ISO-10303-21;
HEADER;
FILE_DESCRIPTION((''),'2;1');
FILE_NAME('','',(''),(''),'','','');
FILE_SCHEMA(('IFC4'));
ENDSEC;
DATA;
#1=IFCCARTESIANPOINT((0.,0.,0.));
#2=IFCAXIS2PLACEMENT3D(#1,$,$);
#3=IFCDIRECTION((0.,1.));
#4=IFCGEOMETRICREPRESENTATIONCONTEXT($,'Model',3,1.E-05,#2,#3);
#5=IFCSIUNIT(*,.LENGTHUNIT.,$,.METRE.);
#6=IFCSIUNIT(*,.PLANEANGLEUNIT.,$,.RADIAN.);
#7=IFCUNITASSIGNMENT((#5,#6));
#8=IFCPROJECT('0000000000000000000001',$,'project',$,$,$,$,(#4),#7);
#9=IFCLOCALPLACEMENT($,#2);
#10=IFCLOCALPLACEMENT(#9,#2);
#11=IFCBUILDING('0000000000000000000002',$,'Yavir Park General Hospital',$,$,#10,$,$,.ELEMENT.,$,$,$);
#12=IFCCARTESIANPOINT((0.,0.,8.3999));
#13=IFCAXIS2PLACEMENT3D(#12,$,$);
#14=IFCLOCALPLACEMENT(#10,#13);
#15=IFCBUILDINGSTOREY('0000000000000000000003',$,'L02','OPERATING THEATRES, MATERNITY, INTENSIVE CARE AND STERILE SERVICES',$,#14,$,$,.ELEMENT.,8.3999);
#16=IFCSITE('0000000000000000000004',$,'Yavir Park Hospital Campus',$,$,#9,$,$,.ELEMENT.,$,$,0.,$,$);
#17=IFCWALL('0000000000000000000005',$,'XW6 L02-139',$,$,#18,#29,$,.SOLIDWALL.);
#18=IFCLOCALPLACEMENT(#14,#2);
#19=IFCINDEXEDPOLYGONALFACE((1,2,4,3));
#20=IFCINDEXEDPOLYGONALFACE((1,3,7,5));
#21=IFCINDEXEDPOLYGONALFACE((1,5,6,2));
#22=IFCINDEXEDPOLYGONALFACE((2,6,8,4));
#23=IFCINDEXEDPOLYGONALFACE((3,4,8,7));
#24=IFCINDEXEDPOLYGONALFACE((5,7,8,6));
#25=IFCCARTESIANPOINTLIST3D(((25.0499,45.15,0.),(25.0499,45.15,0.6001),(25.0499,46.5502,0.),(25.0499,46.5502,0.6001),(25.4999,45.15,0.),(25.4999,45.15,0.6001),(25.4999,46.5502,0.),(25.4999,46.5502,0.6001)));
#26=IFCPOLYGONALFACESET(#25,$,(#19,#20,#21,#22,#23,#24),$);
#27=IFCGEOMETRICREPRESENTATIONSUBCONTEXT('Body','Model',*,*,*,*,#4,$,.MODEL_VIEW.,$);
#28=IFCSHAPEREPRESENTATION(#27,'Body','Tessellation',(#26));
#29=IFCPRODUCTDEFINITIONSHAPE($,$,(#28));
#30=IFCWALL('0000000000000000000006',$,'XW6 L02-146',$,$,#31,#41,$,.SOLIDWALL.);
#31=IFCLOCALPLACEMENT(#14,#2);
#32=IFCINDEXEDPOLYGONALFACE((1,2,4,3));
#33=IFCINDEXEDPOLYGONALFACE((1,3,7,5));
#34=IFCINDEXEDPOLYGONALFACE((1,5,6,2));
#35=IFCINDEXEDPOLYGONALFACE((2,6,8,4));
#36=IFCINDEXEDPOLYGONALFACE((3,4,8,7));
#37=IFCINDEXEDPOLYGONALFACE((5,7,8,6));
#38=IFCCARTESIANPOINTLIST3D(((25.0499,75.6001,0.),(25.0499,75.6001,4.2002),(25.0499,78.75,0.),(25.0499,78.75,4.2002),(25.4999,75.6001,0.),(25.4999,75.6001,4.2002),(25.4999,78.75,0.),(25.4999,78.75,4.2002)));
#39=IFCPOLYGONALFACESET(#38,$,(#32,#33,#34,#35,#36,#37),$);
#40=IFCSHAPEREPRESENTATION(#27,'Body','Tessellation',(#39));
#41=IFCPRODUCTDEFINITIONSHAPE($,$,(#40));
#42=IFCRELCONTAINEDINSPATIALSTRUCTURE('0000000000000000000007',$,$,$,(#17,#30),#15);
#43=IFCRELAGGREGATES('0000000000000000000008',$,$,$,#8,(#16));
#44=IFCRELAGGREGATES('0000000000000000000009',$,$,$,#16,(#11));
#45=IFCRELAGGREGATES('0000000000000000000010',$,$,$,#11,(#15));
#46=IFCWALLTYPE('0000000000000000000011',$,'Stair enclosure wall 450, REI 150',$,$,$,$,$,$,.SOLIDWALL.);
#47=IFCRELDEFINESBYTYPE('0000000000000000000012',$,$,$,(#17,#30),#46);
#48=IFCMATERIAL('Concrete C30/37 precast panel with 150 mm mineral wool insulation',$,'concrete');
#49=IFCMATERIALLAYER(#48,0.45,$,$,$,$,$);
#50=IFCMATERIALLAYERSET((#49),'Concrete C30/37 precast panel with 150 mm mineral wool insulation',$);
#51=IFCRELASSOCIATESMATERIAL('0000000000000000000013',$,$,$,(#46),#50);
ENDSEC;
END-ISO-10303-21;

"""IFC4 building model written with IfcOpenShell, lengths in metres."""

from ifc_helpers import new_model, si_unit, direction, frame, frame_2d, origin, place, context, subcontext, project, spatial, rectangle, extrude, material, layer, layer_set, type_object, element, save


model = new_model("IFC4")

# Units and contexts
model_context = context("Model", 3, precision=1e-05, world=origin(), true_north=direction((0.0, 1.0)))
body_context = subcontext(model_context, "Body", "Model", "MODEL_VIEW")
ifc_project = project(units=[si_unit("LENGTHUNIT", "METRE"), si_unit("PLANEANGLEUNIT", "RADIAN")], contexts=[model_context])

# Site, building, storey
site_placement = place(None, origin())
site = spatial("IfcSite", under=ifc_project, at=site_placement, Name="Yavir Park Hospital Campus", CompositionType="ELEMENT", RefElevation=0.0)
building_placement = place(site_placement, origin())
building = spatial("IfcBuilding", under=site, at=building_placement, Name="Yavir Park General Hospital", CompositionType="ELEMENT")
storey_placement = place(building_placement, frame((0.0, 0.0, 8.3999)))
storey = spatial("IfcBuildingStorey", under=building, at=storey_placement, Name="L02", Description="OPERATING THEATRES, MATERNITY, INTENSIVE CARE AND STERILE SERVICES", CompositionType="ELEMENT", Elevation=8.3999)

# Walls
ifc_material_1 = material(Name="Concrete C30/37 precast panel with 150 mm mineral wool insulation", Category="concrete")
ifc_layer_1 = layer(ifc_material_1, 0.45)
ifc_layer_set_1 = layer_set([ifc_layer_1], Name="Concrete C30/37 precast panel with 150 mm mineral wool insulation")
wall_type_1 = type_object("IfcWallType", Name="Stair enclosure wall 450, REI 150", PredefinedType="SOLIDWALL", material=ifc_layer_set_1)
wall_1_placement = place(storey_placement, frame((25.2749, 45.1499, 0.0), z_axis=(0.0, 0.0, 1.0), x_axis=(0.0, 1.0, 0.0)))
element("IfcWall", 1, at=wall_1_placement, inside=storey, type_object=wall_type_1, Name="XW6 L02-139", PredefinedType="SOLIDWALL", context=body_context, shape_type="SweptSolid", body=[
    extrude(rectangle(XDim=1.4001, YDim=0.45, at=frame_2d((0.7002, 0.0))), origin(), (0.0, 0.0, 1.0), 0.6001),
])
wall_2_placement = place(storey_placement, frame((25.2749, 75.6001, 0.0), z_axis=(0.0, 0.0, 1.0), x_axis=(0.0, 1.0, 0.0)))
element("IfcWall", 2, at=wall_2_placement, inside=storey, type_object=wall_type_1, Name="XW6 L02-146", PredefinedType="SOLIDWALL", context=body_context, shape_type="SweptSolid", body=[
    extrude(rectangle(XDim=3.1499, YDim=0.45, at=frame_2d((1.575, 0.0))), origin(), (0.0, 0.0, 1.0), 4.2002),
])

save(model, "model.ifc")
